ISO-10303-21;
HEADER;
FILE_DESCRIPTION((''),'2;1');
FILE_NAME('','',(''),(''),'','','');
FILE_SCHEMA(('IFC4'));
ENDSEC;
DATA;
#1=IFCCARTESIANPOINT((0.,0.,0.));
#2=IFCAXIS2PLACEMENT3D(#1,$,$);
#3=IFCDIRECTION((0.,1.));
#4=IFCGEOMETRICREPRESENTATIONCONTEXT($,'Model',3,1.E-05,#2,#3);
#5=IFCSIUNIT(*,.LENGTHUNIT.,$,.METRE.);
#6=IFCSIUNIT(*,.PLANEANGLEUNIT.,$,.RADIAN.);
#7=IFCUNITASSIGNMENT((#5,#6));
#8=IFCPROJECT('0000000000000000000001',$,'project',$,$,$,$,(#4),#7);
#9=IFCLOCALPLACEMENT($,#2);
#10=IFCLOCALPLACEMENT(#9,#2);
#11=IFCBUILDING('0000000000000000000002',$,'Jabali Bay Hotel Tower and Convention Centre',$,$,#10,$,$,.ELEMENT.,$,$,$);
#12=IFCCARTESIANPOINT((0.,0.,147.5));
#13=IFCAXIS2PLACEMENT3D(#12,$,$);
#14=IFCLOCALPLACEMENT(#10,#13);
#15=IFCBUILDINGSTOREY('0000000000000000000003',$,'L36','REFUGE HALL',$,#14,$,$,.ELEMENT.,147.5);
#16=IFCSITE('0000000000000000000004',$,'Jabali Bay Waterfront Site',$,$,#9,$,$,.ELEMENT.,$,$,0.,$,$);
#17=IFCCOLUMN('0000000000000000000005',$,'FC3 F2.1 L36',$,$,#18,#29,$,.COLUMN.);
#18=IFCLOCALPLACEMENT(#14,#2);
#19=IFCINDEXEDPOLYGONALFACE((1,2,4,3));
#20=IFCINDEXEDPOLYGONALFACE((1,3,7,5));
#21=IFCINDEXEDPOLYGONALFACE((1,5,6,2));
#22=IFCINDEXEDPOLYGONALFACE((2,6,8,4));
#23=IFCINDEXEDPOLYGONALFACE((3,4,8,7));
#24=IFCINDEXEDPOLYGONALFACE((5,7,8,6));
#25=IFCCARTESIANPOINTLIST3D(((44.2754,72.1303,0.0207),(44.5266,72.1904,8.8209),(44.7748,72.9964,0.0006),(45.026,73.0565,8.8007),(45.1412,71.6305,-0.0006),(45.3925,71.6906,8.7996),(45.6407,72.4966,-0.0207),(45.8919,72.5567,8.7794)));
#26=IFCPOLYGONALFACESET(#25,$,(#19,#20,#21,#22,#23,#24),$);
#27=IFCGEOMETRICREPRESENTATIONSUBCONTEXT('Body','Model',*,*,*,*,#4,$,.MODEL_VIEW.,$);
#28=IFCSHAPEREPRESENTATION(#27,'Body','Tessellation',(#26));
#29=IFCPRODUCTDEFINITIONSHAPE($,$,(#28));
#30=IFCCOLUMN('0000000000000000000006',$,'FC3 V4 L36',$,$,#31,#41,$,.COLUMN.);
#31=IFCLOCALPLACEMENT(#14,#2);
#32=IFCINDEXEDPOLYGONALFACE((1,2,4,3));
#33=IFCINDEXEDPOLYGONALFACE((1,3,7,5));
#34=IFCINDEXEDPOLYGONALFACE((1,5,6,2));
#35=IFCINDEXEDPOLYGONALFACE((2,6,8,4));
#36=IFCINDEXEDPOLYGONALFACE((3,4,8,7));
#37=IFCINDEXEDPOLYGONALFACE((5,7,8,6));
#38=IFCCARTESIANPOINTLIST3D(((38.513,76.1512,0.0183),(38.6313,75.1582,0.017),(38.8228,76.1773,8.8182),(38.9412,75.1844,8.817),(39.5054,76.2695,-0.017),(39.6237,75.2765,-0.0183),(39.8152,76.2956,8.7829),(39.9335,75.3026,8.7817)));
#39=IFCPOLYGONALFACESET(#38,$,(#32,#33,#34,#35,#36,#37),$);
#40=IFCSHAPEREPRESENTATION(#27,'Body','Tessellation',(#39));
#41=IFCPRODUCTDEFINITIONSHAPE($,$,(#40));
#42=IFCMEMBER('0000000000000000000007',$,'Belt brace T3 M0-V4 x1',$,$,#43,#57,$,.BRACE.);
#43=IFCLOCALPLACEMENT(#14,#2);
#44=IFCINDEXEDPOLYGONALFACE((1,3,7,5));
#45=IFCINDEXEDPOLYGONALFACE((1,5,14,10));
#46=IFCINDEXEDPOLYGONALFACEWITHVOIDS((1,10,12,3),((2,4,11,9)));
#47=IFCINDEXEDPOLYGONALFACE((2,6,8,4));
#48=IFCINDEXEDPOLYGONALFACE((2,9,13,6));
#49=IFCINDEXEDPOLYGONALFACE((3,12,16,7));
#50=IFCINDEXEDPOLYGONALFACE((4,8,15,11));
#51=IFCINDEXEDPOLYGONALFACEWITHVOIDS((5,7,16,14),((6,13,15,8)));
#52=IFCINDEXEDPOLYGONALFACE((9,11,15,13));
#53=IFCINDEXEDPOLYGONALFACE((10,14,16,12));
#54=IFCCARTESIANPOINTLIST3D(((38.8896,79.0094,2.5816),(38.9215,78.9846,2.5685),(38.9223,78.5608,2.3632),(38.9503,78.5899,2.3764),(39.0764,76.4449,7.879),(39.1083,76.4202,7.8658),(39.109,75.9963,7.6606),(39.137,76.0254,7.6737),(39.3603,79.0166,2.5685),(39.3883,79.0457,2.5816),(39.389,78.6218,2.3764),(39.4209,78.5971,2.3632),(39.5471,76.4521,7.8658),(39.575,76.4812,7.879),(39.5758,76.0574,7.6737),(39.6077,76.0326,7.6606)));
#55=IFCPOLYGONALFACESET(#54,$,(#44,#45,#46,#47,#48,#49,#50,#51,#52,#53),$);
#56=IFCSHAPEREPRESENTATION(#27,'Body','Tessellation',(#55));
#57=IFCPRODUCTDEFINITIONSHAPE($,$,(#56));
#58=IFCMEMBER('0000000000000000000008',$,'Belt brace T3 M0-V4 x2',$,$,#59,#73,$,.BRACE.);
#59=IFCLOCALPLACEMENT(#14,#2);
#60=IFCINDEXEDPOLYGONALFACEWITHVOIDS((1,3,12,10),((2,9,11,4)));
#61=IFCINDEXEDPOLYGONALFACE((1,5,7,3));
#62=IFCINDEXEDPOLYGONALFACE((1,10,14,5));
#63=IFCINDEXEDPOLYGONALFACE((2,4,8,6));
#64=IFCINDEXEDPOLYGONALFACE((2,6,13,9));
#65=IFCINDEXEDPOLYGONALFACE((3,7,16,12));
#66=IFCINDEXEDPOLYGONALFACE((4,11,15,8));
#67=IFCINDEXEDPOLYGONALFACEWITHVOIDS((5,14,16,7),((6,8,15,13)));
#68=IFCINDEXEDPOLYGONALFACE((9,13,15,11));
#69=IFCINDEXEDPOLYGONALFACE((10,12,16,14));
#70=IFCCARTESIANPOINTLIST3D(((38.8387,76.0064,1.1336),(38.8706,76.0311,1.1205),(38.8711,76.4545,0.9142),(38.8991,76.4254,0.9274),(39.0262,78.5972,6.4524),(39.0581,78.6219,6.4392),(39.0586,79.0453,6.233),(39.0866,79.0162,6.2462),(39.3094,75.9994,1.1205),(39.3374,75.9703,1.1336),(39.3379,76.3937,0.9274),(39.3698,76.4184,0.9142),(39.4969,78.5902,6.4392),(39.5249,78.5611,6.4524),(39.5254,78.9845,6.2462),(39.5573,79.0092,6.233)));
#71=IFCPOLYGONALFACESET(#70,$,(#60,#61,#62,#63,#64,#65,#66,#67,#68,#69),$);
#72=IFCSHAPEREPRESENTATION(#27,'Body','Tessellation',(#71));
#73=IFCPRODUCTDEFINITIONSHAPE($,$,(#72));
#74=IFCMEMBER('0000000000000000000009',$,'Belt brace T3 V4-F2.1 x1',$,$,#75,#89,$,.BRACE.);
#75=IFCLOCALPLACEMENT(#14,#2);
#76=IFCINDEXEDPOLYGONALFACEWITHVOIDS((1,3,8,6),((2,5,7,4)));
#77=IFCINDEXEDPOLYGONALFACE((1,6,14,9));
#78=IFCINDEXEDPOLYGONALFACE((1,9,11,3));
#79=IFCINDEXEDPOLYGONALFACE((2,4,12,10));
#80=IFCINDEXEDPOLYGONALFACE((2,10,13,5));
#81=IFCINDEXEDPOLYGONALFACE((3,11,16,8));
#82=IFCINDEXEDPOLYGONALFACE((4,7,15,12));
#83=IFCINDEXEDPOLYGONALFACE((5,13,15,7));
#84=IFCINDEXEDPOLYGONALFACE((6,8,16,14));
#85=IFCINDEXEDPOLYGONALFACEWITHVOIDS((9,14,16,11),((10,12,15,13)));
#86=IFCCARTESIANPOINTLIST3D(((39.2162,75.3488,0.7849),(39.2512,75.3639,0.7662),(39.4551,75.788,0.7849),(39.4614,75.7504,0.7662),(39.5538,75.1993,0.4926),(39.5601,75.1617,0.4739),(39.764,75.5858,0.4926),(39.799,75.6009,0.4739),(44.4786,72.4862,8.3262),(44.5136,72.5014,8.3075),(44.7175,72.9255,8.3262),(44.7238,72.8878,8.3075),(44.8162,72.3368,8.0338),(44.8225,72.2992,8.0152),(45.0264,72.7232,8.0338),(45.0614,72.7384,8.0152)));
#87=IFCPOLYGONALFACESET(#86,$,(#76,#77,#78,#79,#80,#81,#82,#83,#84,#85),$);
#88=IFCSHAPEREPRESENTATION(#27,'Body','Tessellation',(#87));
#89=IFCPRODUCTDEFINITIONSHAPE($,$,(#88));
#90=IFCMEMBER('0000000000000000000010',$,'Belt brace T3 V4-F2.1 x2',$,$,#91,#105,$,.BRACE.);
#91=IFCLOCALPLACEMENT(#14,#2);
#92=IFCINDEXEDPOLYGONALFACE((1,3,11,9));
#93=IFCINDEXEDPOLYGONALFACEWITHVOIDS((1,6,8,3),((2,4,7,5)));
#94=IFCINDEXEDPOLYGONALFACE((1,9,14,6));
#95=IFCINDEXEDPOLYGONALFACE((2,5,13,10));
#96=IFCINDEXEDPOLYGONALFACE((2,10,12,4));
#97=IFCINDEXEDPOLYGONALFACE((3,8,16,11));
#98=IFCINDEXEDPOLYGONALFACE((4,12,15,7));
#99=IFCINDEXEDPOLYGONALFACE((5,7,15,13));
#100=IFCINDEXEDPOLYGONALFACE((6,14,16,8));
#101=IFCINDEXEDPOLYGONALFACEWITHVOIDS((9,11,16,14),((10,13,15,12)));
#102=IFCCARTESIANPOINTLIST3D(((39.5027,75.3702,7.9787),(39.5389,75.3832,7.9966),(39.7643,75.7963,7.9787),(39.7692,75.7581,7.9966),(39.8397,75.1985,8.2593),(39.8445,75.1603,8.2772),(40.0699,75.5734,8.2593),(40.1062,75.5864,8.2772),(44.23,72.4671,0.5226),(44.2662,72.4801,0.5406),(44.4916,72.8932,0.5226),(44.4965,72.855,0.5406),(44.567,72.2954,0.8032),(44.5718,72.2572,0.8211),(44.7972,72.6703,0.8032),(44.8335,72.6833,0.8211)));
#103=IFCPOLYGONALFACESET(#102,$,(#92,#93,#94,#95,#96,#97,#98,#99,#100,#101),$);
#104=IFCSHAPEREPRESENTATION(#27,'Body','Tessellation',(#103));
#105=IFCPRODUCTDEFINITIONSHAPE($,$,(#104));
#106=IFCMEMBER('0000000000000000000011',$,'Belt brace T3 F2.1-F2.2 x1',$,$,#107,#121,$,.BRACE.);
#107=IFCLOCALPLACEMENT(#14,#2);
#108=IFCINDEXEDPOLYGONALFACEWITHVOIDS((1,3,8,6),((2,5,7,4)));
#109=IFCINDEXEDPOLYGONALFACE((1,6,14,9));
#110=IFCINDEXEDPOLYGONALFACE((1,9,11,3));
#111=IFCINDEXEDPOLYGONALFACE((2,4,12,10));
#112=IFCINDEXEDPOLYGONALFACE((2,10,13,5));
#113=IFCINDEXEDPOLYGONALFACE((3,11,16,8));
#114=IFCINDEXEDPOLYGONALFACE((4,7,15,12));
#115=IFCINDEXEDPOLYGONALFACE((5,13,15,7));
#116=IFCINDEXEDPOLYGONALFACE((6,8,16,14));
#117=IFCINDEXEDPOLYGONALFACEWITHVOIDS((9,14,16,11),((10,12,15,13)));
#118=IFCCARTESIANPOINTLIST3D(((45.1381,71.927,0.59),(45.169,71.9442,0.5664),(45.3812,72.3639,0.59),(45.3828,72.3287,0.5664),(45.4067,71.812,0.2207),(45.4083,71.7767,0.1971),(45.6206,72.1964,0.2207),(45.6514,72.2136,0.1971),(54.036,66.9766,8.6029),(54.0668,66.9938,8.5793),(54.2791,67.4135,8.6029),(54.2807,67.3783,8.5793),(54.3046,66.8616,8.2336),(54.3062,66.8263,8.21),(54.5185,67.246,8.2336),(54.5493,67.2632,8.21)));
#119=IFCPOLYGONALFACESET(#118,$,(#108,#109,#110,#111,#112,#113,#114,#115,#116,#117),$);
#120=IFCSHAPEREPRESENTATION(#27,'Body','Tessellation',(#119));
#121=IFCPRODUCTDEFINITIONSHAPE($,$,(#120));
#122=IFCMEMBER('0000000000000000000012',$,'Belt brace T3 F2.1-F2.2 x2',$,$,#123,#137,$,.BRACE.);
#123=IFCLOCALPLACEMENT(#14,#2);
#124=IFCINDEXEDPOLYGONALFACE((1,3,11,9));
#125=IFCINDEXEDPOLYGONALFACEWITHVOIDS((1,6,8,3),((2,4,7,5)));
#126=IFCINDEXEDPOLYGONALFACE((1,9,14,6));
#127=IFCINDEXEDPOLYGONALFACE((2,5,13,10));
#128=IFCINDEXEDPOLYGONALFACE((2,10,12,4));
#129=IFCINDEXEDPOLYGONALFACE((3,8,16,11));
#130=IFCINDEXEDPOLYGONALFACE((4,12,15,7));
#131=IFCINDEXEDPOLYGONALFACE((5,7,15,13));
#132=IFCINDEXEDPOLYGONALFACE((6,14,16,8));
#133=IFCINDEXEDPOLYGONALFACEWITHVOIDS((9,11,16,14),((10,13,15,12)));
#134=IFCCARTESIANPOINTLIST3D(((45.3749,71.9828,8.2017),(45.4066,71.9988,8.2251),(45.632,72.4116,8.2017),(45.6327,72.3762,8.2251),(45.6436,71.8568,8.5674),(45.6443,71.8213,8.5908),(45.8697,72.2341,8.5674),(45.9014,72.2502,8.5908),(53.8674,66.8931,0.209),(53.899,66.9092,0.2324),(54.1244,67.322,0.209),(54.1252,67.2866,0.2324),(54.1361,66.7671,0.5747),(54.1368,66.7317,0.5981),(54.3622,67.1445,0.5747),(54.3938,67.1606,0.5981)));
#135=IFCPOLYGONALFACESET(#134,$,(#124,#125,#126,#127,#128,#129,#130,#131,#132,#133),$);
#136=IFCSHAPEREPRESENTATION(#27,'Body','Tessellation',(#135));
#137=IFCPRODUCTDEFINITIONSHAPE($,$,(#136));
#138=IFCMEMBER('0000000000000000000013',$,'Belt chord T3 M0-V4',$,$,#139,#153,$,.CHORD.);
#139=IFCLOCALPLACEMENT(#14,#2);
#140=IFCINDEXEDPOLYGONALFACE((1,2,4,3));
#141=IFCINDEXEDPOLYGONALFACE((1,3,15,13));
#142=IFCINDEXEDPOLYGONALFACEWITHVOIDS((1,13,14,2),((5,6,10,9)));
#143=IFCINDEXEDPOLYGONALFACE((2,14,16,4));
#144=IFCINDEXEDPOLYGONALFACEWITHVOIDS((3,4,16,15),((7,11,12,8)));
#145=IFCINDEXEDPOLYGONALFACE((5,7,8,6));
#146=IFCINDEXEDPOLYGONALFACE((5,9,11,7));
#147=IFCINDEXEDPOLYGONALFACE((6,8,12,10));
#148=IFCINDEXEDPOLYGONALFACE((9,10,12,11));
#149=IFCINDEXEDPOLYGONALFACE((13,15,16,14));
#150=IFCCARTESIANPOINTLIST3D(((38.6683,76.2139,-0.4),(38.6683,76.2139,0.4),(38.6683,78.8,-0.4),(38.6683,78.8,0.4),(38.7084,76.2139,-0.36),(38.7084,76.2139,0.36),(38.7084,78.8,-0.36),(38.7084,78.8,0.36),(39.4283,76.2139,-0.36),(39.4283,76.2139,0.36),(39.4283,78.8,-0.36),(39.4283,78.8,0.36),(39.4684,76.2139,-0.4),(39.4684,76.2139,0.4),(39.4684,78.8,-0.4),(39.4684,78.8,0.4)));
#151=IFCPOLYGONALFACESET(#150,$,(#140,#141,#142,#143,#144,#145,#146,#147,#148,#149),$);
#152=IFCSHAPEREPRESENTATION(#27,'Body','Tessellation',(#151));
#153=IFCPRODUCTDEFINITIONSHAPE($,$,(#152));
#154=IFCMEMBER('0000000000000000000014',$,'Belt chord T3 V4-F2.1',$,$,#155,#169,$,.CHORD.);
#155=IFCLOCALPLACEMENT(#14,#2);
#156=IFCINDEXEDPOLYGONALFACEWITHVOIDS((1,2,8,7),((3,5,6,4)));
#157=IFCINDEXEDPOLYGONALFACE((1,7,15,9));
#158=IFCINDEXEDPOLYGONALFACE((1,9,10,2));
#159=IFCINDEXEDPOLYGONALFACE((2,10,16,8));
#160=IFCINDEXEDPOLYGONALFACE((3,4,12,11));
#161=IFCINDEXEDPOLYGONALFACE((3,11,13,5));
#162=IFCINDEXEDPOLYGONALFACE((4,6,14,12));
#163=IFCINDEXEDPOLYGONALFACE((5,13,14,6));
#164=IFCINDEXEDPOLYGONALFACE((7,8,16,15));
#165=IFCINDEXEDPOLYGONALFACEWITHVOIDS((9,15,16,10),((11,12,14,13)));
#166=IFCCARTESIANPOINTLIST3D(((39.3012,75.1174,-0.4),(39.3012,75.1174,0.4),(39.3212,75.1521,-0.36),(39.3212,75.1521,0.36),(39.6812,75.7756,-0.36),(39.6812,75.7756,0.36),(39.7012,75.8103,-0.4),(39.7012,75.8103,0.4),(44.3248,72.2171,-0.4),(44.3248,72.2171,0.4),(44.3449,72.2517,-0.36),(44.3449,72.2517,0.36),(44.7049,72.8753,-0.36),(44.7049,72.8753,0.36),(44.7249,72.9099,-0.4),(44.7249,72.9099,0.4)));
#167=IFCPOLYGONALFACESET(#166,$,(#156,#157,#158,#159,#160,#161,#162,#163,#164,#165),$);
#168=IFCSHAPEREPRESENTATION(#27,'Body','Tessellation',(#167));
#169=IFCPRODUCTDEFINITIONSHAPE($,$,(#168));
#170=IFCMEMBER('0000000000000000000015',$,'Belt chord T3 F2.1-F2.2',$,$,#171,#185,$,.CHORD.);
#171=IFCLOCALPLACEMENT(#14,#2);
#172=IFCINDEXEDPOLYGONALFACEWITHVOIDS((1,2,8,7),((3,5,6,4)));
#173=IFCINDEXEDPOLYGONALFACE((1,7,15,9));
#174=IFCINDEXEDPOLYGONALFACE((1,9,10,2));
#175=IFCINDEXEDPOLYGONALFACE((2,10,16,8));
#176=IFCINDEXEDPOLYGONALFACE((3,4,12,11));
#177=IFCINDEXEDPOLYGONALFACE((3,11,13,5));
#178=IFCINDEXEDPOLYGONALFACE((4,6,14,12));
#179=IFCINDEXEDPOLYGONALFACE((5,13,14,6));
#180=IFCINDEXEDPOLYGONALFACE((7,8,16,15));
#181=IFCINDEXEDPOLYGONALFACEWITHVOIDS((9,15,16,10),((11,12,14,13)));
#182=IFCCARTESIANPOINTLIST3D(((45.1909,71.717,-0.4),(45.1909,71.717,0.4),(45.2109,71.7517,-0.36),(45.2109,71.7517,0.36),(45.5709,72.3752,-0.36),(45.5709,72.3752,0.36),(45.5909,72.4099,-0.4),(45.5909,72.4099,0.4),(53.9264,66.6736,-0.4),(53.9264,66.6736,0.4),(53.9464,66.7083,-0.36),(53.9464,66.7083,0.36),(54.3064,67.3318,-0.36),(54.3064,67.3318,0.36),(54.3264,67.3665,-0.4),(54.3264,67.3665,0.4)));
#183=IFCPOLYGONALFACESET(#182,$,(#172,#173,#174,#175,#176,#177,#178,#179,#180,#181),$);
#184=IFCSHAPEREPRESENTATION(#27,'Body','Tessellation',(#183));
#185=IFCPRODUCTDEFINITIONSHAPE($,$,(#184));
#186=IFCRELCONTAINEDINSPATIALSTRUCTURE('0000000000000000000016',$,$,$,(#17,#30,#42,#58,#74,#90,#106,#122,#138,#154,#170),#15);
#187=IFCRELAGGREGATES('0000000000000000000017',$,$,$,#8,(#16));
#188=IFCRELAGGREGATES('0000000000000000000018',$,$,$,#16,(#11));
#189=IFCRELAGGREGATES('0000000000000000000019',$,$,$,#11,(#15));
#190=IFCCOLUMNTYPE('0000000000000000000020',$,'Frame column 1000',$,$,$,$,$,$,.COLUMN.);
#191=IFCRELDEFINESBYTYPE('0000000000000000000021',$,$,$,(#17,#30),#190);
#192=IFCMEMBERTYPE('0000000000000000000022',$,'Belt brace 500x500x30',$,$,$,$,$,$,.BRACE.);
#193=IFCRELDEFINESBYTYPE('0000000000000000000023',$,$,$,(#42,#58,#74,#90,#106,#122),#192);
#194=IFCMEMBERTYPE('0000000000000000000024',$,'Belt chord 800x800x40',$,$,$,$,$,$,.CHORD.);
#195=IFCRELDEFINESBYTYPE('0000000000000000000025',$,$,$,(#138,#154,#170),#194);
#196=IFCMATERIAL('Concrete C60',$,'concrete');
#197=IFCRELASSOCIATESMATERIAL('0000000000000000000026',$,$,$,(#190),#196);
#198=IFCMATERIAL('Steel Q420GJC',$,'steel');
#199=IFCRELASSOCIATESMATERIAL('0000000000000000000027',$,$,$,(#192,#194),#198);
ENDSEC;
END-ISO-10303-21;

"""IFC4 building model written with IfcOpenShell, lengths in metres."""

from ifc_helpers import new_model, si_unit, direction, frame, origin, origin_2d, place, context, subcontext, project, spatial, rectangle, hollow_rectangle, extrude, material, material_profile, profile_set, type_object, element, save


model = new_model("IFC4")

# Units and contexts
model_context = context("Model", 3, precision=1e-05, world=origin(), true_north=direction((0.0, 1.0)))
body_context = subcontext(model_context, "Body", "Model", "MODEL_VIEW")
ifc_project = project(units=[si_unit("LENGTHUNIT", "METRE"), si_unit("PLANEANGLEUNIT", "RADIAN")], contexts=[model_context])

# Site, building, storey
site_placement = place(None, origin())
site = spatial("IfcSite", under=ifc_project, at=site_placement, Name="Jabali Bay Waterfront Site", CompositionType="ELEMENT", RefElevation=0.0)
building_placement = place(site_placement, origin())
building = spatial("IfcBuilding", under=site, at=building_placement, Name="Jabali Bay Hotel Tower and Convention Centre", CompositionType="ELEMENT")
storey_placement = place(building_placement, frame((0.0, 0.0, 147.5)))
storey = spatial("IfcBuildingStorey", under=building, at=storey_placement, Name="L36", Description="REFUGE HALL", CompositionType="ELEMENT", Elevation=147.5)

# Columns
ifc_material_1 = material(Name="Concrete C60", Category="concrete")
ifc_material_profile_1 = material_profile(ifc_material_1, rectangle(XDim=1.0, YDim=1.0, at=origin_2d()), Name="Frame column 1000")
ifc_profile_set_1 = profile_set([ifc_material_profile_1], Name="Concrete C60")
column_type = type_object("IfcColumnType", Name="Frame column 1000", PredefinedType="COLUMN", material=ifc_profile_set_1)
column_1_placement = place(storey_placement, frame((44.958, 72.3135, 0.0), z_axis=(0.028535, 0.006822, 0.99957), x_axis=(-0.865884, 0.499791, 0.021308)))
element("IfcColumn", 1, at=column_1_placement, inside=storey, type_object=column_type, Name="FC3 F2.1 L36", PredefinedType="COLUMN", context=body_context, shape_type="SweptSolid", body=[
    extrude(rectangle(XDim=1.0, YDim=1.0, at=origin_2d()), origin(), (0.0, 0.0, 1.0), 8.804),
])
column_2_placement = place(storey_placement, frame((39.0684, 75.7139, 0.0), z_axis=(0.035184, 0.002967, 0.999376), x_axis=(-0.118318, 0.992975, 0.001218)))
element("IfcColumn", 2, at=column_2_placement, inside=storey, type_object=column_type, Name="FC3 V4 L36", PredefinedType="COLUMN", context=body_context, shape_type="SweptSolid", body=[
    extrude(rectangle(XDim=1.0, YDim=1.0, at=origin_2d()), origin(), (0.0, 0.0, 1.0), 8.8054),
])

# Members
ifc_material_2 = material(Name="Steel Q420GJC", Category="steel")
ifc_material_profile_2 = material_profile(ifc_material_2, hollow_rectangle(XDim=0.5, YDim=0.5, WallThickness=0.03, at=origin_2d()), Name="Belt brace 500x500x30")
ifc_profile_set_2 = profile_set([ifc_material_profile_2], Name="Steel Q420GJC")
member_type_1 = type_object("IfcMemberType", Name="Belt brace 500x500x30", PredefinedType="BRACE", material=ifc_profile_set_2)
member_1_placement = place(storey_placement, frame((39.1553, 78.8032, 2.4724), z_axis=(0.031718, -0.435509, 0.899626), x_axis=(0.997358, 0.072637, 0.0)))
element("IfcMember", 3, at=member_1_placement, inside=storey, type_object=member_type_1, Name="Belt brace T3 M0-V4 x1", PredefinedType="BRACE", context=body_context, shape_type="SweptSolid", body=[
    extrude(hollow_rectangle(XDim=0.5, YDim=0.5, WallThickness=0.03, at=origin_2d()), origin(), (0.0, 0.0, 1.0), 5.8884),
])
member_2_placement = place(storey_placement, frame((39.1042, 76.2124, 1.0239), z_axis=(0.031676, 0.437693, 0.898566), x_axis=(-0.997391, 0.072182, 0.0)))
element("IfcMember", 4, at=member_2_placement, inside=storey, type_object=member_type_1, Name="Belt brace T3 M0-V4 x2", PredefinedType="BRACE", context=body_context, shape_type="SweptSolid", body=[
    extrude(hollow_rectangle(XDim=0.5, YDim=0.5, WallThickness=0.03, at=origin_2d()), origin(), (0.0, 0.0, 1.0), 5.9192),
])
member_3_placement = place(storey_placement, frame((39.5076, 75.4749, 0.6294), z_axis=(0.546402, -0.297219, 0.783011), x_axis=(0.477838, 0.878448, 0.0)))
element("IfcMember", 5, at=member_3_placement, inside=storey, type_object=member_type_1, Name="Belt brace T3 V4-F2.1 x1", PredefinedType="BRACE", context=body_context, shape_type="SweptSolid", body=[
    extrude(hollow_rectangle(XDim=0.5, YDim=0.5, WallThickness=0.03, at=origin_2d()), origin(), (0.0, 0.0, 1.0), 9.6311),
])
member_4_placement = place(storey_placement, frame((44.5317, 72.5752, 0.6719), z_axis=(-0.50867, 0.312379, 0.802293), x_axis=(-0.523309, -0.852143, 0.0)))
element("IfcMember", 6, at=member_4_placement, inside=storey, type_object=member_type_1, Name="Belt brace T3 V4-F2.1 x2", PredefinedType="BRACE", context=body_context, shape_type="SweptSolid", body=[
    extrude(hollow_rectangle(XDim=0.5, YDim=0.5, WallThickness=0.03, at=origin_2d()), origin(), (0.0, 0.0, 1.0), 9.2935),
])
member_5_placement = place(storey_placement, frame((45.3948, 72.0703, 0.3936), z_axis=(0.686722, -0.382063, 0.618419), x_axis=(0.486178, 0.87386, 0.0)))
element("IfcMember", 7, at=member_5_placement, inside=storey, type_object=member_type_1, Name="Belt brace T3 F2.1-F2.2 x1", PredefinedType="BRACE", context=body_context, shape_type="SweptSolid", body=[
    extrude(hollow_rectangle(XDim=0.5, YDim=0.5, WallThickness=0.03, at=origin_2d()), origin(), (0.0, 0.0, 1.0), 12.957),
])
member_6_placement = place(storey_placement, frame((54.1306, 67.0269, 0.4036), z_axis=(-0.667417, 0.39999, 0.628142), x_axis=(-0.514061, -0.857754, 0.0)))
element("IfcMember", 8, at=member_6_placement, inside=storey, type_object=member_type_1, Name="Belt brace T3 F2.1-F2.2 x2", PredefinedType="BRACE", context=body_context, shape_type="SweptSolid", body=[
    extrude(hollow_rectangle(XDim=0.5, YDim=0.5, WallThickness=0.03, at=origin_2d()), origin(), (0.0, 0.0, 1.0), 12.7244),
])
ifc_material_profile_3 = material_profile(ifc_material_2, hollow_rectangle(XDim=0.8, YDim=0.8, WallThickness=0.04, at=origin_2d()), Name="Belt chord 800x800x40")
ifc_profile_set_3 = profile_set([ifc_material_profile_3], Name="Steel Q420GJC")
member_type_2 = type_object("IfcMemberType", Name="Belt chord 800x800x40", PredefinedType="CHORD", material=ifc_profile_set_3)
member_7_placement = place(storey_placement, frame((39.0684, 78.8, 0.0), z_axis=(0.0, -1.0, 0.0), x_axis=(1.0, 0.0, 0.0)))
element("IfcMember", 9, at=member_7_placement, inside=storey, type_object=member_type_2, Name="Belt chord T3 M0-V4", PredefinedType="CHORD", context=body_context, shape_type="SweptSolid", body=[
    extrude(hollow_rectangle(XDim=0.8, YDim=0.8, WallThickness=0.04, at=origin_2d()), origin(), (0.0, 0.0, 1.0), 2.5862),
])
member_8_placement = place(storey_placement, frame((39.5012, 75.4639, 0.0), z_axis=(0.866028, -0.499996, 0.0), x_axis=(0.499996, 0.866028, 0.0)))
element("IfcMember", 10, at=member_8_placement, inside=storey, type_object=member_type_2, Name="Belt chord T3 V4-F2.1", PredefinedType="CHORD", context=body_context, shape_type="SweptSolid", body=[
    extrude(hollow_rectangle(XDim=0.8, YDim=0.8, WallThickness=0.04, at=origin_2d()), origin(), (0.0, 0.0, 1.0), 5.8008),
])
member_9_placement = place(storey_placement, frame((45.3909, 72.0635, 0.0), z_axis=(0.866027, -0.499997, 0.0), x_axis=(0.499997, 0.866027, 0.0)))
element("IfcMember", 11, at=member_9_placement, inside=storey, type_object=member_type_2, Name="Belt chord T3 F2.1-F2.2", PredefinedType="CHORD", context=body_context, shape_type="SweptSolid", body=[
    extrude(hollow_rectangle(XDim=0.8, YDim=0.8, WallThickness=0.04, at=origin_2d()), origin(), (0.0, 0.0, 1.0), 10.0869),
])

save(model, "model.ifc")
